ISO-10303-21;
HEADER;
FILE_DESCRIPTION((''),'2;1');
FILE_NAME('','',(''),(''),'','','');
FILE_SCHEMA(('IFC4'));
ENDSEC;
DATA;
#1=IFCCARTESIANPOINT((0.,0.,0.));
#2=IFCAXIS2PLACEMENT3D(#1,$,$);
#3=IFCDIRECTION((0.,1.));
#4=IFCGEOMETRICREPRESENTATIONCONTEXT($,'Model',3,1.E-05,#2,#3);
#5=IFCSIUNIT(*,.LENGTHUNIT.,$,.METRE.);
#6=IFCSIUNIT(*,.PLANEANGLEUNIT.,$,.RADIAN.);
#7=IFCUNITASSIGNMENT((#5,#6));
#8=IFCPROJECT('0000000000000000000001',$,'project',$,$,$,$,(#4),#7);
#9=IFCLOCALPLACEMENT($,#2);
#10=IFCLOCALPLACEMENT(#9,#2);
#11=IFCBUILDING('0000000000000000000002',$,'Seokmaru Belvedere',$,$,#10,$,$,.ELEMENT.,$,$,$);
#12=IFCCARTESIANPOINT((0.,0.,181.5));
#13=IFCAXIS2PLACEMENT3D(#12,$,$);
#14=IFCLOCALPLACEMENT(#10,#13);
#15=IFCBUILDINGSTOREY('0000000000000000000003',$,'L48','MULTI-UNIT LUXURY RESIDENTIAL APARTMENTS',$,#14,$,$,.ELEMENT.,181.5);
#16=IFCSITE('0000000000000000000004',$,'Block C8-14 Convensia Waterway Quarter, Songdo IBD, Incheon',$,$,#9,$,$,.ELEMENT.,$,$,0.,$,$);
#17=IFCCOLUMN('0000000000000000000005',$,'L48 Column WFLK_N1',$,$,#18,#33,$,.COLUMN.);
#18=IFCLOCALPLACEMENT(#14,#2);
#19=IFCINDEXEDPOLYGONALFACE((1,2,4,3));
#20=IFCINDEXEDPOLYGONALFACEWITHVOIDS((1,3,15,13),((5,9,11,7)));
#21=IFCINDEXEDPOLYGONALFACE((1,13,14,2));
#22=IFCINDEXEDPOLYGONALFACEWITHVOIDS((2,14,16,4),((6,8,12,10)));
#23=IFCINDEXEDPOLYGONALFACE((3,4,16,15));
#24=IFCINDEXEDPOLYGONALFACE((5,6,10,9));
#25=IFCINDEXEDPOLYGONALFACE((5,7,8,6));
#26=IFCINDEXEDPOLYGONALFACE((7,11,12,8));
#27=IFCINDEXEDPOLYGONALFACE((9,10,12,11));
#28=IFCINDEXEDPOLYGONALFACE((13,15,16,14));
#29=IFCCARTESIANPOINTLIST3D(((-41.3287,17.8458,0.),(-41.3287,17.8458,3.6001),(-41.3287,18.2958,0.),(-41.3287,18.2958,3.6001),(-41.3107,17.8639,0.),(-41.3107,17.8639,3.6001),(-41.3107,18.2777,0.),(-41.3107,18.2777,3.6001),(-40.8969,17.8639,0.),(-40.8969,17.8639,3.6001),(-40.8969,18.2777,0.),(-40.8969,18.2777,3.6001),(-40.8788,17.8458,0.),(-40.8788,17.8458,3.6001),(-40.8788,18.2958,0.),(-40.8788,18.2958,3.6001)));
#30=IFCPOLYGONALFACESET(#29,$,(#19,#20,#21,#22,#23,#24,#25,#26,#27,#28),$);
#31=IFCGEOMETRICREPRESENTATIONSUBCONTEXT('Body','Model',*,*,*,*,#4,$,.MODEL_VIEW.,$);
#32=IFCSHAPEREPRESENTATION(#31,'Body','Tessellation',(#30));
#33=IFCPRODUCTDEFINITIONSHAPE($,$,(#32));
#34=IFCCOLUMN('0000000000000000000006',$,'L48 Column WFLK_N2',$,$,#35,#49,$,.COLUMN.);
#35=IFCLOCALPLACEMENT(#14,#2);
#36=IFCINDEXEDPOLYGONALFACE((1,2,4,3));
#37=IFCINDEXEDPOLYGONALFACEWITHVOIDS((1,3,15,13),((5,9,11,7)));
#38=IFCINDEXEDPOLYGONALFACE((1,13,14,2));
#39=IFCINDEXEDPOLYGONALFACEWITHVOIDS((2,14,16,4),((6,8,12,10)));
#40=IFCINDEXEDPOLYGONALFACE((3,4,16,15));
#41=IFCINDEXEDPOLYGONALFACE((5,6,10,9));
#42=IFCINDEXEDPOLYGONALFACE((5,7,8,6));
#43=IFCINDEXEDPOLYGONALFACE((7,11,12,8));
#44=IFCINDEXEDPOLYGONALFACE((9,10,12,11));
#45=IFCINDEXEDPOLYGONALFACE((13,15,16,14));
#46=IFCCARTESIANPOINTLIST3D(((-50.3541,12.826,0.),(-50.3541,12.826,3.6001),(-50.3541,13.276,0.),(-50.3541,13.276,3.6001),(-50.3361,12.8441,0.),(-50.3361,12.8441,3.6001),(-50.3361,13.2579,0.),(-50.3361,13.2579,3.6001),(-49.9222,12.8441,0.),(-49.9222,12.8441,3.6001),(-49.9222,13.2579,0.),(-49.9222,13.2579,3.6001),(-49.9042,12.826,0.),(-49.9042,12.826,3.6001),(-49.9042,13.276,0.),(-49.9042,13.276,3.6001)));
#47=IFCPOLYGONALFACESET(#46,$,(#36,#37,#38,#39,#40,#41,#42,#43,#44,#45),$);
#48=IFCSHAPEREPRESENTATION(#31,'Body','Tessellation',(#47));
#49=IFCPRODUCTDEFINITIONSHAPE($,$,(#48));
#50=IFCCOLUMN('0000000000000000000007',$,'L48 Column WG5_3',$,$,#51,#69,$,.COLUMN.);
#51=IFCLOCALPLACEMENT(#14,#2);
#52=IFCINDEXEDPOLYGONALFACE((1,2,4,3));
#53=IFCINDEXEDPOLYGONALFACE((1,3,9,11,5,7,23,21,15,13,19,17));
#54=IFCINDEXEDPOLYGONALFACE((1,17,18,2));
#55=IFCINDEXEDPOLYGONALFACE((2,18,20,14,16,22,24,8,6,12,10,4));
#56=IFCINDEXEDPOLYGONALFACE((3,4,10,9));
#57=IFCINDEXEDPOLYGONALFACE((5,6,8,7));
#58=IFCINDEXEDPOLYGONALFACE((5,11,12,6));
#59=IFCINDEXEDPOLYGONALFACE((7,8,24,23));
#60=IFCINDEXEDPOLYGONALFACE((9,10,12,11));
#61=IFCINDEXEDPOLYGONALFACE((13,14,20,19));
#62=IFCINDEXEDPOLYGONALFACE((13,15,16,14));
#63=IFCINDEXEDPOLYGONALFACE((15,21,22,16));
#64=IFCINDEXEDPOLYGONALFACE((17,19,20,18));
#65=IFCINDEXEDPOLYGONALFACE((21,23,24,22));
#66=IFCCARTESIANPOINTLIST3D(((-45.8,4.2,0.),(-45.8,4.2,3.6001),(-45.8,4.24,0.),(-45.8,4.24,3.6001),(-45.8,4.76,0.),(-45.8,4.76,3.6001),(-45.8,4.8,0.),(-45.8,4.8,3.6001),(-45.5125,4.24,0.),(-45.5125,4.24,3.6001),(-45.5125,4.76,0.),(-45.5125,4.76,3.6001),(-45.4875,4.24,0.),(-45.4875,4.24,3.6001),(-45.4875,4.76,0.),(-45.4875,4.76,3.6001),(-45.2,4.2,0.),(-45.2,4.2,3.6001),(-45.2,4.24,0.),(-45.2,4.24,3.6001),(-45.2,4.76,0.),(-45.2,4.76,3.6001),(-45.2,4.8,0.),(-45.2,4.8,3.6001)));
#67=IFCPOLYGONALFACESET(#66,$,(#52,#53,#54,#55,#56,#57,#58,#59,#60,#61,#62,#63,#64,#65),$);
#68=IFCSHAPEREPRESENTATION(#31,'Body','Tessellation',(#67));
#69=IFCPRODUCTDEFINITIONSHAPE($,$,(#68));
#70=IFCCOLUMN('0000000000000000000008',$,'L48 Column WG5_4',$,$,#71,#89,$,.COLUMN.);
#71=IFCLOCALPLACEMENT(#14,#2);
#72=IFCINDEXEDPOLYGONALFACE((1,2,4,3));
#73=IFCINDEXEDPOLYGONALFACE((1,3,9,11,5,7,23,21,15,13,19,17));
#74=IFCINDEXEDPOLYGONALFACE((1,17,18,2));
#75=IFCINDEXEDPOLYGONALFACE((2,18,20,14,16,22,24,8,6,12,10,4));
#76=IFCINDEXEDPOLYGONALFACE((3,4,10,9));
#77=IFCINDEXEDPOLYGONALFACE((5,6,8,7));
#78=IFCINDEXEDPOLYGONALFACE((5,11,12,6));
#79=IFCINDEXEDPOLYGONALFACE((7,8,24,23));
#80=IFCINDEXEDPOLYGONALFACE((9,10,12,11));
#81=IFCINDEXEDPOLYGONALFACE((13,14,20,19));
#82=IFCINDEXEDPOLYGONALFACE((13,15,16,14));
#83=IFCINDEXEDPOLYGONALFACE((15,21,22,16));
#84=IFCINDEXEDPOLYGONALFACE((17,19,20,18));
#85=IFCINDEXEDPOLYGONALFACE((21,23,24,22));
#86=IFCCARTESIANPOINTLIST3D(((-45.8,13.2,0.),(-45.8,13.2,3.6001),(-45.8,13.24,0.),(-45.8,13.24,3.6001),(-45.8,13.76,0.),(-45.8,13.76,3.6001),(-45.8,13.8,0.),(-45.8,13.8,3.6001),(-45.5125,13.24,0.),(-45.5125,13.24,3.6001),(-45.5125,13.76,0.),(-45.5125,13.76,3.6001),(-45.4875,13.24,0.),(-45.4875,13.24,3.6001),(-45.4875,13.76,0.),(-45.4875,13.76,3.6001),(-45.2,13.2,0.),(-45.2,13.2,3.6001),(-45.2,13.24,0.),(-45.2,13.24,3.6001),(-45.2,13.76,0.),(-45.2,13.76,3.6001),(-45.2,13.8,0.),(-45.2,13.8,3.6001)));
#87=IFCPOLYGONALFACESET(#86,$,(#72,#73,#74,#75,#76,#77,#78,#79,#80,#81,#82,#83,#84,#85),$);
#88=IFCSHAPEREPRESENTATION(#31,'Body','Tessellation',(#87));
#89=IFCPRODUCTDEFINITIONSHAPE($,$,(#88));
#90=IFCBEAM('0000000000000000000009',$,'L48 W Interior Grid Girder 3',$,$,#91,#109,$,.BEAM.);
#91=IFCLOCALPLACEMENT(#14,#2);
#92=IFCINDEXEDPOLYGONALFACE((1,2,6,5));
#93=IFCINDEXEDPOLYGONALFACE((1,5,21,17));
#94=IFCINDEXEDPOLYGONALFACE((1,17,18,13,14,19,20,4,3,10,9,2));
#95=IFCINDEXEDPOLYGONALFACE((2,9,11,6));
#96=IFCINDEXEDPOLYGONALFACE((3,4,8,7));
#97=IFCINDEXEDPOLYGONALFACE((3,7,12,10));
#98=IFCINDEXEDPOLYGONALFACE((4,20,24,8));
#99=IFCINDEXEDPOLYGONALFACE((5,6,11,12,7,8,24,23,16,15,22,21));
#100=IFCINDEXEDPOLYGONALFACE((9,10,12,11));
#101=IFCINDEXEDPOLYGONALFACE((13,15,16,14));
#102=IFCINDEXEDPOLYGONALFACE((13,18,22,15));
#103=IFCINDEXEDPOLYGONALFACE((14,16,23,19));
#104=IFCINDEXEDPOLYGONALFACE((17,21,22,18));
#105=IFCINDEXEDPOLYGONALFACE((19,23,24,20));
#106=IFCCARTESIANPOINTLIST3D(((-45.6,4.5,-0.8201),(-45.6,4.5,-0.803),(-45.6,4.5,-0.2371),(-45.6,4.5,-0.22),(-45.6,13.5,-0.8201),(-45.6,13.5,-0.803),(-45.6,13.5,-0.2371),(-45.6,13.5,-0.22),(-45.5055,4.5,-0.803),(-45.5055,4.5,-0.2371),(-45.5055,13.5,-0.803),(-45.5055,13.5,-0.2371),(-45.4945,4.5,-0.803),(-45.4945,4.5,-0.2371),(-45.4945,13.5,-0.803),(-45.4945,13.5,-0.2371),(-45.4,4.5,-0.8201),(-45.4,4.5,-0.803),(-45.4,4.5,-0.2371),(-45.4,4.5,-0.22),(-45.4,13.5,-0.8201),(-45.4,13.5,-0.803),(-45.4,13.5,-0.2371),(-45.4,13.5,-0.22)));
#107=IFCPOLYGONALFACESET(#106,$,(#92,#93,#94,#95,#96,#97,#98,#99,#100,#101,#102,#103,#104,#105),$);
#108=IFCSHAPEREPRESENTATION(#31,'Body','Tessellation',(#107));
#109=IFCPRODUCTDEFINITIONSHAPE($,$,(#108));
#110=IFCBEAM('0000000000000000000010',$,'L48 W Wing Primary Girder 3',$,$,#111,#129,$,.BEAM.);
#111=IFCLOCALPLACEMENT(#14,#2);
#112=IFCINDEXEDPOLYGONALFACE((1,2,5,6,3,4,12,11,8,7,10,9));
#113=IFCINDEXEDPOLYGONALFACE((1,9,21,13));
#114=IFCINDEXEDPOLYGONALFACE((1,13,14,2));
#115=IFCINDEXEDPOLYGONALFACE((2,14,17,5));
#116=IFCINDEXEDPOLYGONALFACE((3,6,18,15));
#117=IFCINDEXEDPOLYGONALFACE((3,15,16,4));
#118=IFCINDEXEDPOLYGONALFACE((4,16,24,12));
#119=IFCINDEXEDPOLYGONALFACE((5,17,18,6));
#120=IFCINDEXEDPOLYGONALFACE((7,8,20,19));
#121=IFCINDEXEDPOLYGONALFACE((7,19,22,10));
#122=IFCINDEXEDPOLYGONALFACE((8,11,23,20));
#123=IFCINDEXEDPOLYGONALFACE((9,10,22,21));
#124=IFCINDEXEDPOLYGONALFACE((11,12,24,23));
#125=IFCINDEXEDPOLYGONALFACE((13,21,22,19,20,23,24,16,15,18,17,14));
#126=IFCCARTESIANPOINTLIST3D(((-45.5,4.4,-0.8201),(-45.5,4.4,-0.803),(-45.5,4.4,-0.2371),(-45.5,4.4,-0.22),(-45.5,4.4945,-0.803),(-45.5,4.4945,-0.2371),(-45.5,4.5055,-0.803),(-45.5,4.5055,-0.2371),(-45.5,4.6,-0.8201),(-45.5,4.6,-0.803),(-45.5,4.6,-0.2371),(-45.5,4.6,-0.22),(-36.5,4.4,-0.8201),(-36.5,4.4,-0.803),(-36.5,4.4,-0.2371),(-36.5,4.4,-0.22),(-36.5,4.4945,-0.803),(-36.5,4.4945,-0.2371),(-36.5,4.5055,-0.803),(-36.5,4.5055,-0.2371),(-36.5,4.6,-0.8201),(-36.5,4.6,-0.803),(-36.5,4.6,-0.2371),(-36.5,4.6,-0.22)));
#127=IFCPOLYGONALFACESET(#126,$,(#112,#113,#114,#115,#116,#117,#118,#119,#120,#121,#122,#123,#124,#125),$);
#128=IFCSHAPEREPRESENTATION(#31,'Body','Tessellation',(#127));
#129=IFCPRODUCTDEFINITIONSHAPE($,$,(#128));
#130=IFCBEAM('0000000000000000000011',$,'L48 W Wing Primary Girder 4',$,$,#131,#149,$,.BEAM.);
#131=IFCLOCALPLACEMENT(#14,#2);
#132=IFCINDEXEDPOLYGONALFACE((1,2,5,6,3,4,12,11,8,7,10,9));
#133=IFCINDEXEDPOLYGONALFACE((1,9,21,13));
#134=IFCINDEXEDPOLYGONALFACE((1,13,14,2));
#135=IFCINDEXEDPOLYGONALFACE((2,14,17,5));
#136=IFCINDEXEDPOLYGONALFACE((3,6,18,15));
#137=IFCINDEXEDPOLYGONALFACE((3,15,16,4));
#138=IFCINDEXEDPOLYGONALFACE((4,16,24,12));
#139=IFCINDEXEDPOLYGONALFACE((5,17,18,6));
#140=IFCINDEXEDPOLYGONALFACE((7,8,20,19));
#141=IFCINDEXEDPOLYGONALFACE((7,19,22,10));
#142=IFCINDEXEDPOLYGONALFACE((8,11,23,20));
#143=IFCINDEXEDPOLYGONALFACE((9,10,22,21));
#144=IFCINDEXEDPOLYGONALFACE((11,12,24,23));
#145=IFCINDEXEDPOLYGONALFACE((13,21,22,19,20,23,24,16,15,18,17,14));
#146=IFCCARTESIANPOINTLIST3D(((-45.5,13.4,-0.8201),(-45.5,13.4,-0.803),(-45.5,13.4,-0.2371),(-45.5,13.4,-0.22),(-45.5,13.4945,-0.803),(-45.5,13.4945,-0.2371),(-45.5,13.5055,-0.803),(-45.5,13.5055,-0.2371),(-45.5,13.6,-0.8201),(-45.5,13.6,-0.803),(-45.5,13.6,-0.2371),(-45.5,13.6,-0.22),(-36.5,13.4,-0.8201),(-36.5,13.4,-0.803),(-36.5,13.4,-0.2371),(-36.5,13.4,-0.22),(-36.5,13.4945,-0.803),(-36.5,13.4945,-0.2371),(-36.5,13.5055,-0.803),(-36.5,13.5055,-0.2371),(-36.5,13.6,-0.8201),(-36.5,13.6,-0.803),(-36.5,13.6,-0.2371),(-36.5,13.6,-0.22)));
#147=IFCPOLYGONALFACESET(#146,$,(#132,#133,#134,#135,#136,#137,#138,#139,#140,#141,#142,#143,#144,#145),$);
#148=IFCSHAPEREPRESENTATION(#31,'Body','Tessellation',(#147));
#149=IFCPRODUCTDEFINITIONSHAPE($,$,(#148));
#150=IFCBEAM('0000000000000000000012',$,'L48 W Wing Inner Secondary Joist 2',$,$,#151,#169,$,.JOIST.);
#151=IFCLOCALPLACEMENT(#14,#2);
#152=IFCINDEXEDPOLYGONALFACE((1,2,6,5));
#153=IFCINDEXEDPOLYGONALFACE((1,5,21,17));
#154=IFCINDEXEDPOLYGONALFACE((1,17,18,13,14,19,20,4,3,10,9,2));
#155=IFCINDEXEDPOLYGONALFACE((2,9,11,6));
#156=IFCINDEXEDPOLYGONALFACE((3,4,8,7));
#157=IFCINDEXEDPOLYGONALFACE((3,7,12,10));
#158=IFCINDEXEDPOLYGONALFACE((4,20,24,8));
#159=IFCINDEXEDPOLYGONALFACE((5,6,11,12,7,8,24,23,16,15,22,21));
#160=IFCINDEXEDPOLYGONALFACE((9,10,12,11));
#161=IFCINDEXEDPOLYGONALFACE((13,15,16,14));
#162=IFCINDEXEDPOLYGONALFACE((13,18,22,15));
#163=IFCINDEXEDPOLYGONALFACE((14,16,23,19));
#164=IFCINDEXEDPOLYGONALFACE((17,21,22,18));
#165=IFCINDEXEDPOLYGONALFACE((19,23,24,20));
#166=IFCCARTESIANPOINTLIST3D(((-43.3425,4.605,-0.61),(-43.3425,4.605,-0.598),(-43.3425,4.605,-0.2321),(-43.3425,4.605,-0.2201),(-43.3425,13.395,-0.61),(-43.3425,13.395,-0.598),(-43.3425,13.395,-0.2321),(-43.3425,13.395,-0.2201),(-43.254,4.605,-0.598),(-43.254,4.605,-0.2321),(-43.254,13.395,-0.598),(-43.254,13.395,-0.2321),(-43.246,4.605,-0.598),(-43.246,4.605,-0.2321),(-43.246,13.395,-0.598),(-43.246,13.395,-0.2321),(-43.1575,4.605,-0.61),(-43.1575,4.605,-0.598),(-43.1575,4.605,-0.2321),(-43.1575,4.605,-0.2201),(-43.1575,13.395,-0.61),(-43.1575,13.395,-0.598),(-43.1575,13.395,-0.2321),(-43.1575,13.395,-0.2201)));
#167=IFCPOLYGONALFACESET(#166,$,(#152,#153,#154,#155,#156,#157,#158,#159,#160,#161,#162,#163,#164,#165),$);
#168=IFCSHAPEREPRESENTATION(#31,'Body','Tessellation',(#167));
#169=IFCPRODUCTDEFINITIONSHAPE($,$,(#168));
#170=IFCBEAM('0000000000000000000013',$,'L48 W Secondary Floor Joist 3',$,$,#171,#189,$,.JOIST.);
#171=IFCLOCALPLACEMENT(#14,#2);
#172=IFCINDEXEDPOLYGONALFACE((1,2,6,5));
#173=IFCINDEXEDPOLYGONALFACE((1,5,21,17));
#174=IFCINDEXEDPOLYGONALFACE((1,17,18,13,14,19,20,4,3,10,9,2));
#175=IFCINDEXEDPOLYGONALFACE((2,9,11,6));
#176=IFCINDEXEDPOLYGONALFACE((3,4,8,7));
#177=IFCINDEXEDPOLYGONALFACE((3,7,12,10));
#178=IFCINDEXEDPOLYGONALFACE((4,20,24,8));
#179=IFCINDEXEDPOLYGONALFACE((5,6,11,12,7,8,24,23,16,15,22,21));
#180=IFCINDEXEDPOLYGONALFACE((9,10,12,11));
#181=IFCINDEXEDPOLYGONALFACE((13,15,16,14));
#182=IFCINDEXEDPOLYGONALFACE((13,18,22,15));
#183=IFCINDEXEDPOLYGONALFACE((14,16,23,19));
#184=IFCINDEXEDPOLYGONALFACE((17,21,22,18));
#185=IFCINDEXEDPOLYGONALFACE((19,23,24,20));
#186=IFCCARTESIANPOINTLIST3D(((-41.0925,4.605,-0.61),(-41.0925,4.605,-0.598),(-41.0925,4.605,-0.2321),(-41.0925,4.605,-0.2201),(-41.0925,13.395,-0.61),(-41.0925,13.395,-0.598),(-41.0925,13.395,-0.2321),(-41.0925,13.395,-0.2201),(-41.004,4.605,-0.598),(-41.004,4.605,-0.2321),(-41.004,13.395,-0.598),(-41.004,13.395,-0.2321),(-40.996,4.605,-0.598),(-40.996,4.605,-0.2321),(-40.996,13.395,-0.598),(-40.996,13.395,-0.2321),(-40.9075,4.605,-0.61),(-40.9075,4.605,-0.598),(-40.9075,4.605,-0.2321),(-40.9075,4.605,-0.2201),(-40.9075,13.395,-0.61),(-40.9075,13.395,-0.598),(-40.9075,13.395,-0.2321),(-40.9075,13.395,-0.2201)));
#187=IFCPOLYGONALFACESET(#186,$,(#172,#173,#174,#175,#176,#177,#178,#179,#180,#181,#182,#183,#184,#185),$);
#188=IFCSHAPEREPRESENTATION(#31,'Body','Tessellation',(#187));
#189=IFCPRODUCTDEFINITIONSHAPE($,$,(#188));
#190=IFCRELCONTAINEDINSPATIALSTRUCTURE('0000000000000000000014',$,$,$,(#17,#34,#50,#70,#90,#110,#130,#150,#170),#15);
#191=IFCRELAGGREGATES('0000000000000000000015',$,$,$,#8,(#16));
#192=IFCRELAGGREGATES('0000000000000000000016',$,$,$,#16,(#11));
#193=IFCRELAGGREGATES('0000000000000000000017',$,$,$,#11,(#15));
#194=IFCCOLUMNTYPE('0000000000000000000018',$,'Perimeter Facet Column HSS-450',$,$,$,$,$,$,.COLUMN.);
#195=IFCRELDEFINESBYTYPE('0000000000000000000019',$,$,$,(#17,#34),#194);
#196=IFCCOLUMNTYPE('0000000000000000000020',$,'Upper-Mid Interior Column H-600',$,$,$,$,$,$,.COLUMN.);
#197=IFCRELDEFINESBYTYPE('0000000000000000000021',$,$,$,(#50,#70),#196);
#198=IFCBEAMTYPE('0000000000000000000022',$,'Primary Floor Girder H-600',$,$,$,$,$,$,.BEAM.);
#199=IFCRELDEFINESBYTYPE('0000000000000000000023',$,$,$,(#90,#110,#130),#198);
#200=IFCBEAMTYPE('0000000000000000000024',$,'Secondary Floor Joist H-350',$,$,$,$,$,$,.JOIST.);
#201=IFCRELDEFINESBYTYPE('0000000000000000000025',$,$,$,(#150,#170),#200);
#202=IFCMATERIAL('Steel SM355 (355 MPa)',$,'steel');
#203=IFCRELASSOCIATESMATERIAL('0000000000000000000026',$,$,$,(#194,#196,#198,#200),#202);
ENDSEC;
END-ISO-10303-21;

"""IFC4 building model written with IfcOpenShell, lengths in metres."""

from ifc_helpers import new_model, si_unit, direction, frame, origin, origin_2d, place, context, subcontext, project, spatial, hollow_rectangle, i_section, extrude, source, transform, mapped, material, material_profile, profile_set, type_object, type_shapes, element, save


model = new_model("IFC4")

# Units and contexts
model_context = context("Model", 3, precision=1e-05, world=origin(), true_north=direction((0.0, 1.0)))
body_context = subcontext(model_context, "Body", "Model", "MODEL_VIEW")
ifc_project = project(units=[si_unit("LENGTHUNIT", "METRE"), si_unit("PLANEANGLEUNIT", "RADIAN")], contexts=[model_context])

# Site, building, storey
site_placement = place(None, origin())
site = spatial("IfcSite", under=ifc_project, at=site_placement, Name="Block C8-14 Convensia Waterway Quarter, Songdo IBD, Incheon", CompositionType="ELEMENT", RefElevation=0.0)
building_placement = place(site_placement, origin())
building = spatial("IfcBuilding", under=site, at=building_placement, Name="Seokmaru Belvedere", CompositionType="ELEMENT")
storey_placement = place(building_placement, frame((0.0, 0.0, 181.5)))
storey = spatial("IfcBuildingStorey", under=building, at=storey_placement, Name="L48", Description="MULTI-UNIT LUXURY RESIDENTIAL APARTMENTS", CompositionType="ELEMENT", Elevation=181.5)

# Columns
ifc_material_1 = material(Name="Steel SM355 (355 MPa)", Category="steel")
ifc_material_profile_1 = material_profile(ifc_material_1, hollow_rectangle(XDim=0.45, YDim=0.45, WallThickness=0.0181, at=origin_2d()), Name="HSS-450x450x18")
ifc_profile_set_1 = profile_set([ifc_material_profile_1], Name="Steel SM355 (355 MPa)")
column_type_1 = type_object("IfcColumnType", Name="Perimeter Facet Column HSS-450", PredefinedType="COLUMN", material=ifc_profile_set_1)
shared_shape_1 = source(origin(), body_context, "Body", "SweptSolid", [
    extrude(hollow_rectangle(XDim=0.45, YDim=0.45, WallThickness=0.0181, at=origin_2d()), origin(), (0.0, 0.0, 1.0), 3.6001),
])
type_shapes(column_type_1, [shared_shape_1])
for number, where, z_axis, x_axis, name in (
    (1, (-41.1038, 18.0708, 0.0), (0.0, 0.0, 1.0), (1.0, 0.0, 0.0), "L48 Column WFLK_N1"),
    (2, (-50.1292, 13.051, 0.0), (0.0, 0.0, 1.0), (1.0, 0.0, 0.0), "L48 Column WFLK_N2"),
):
    element("IfcColumn", number, at=place(storey_placement, frame(where, z_axis=z_axis, x_axis=x_axis)), inside=storey, type_object=column_type_1, Name=name, PredefinedType="COLUMN", context=body_context, shape_type="MappedRepresentation", body=[
        mapped(shared_shape_1, transform((0.0, 0.0, 0.0), scale=1.0)),
    ])
ifc_material_profile_2 = material_profile(ifc_material_1, i_section(OverallWidth=0.6001, OverallDepth=0.6001, WebThickness=0.0249, FlangeThickness=0.04, at=origin_2d()), Name="H-600x600x25x40")
ifc_profile_set_2 = profile_set([ifc_material_profile_2], Name="Steel SM355 (355 MPa)")
column_type_2 = type_object("IfcColumnType", Name="Upper-Mid Interior Column H-600", PredefinedType="COLUMN", material=ifc_profile_set_2)
shared_shape_2 = source(origin(), body_context, "Body", "SweptSolid", [
    extrude(i_section(OverallWidth=0.6001, OverallDepth=0.6001, WebThickness=0.0249, FlangeThickness=0.04, at=origin_2d()), origin(), (0.0, 0.0, 1.0), 3.6001),
])
type_shapes(column_type_2, [shared_shape_2])
for number, where, z_axis, x_axis, name in (
    (3, (-45.5, 4.5, 0.0), (0.0, 0.0, 1.0), (1.0, 0.0, 0.0), "L48 Column WG5_3"),
    (4, (-45.5, 13.5, 0.0), (0.0, 0.0, 1.0), (1.0, 0.0, 0.0), "L48 Column WG5_4"),
):
    element("IfcColumn", number, at=place(storey_placement, frame(where, z_axis=z_axis, x_axis=x_axis)), inside=storey, type_object=column_type_2, Name=name, PredefinedType="COLUMN", context=body_context, shape_type="MappedRepresentation", body=[
        mapped(shared_shape_2, transform((0.0, 0.0, 0.0), scale=1.0)),
    ])

# Beams
ifc_material_profile_3 = material_profile(ifc_material_1, i_section(OverallWidth=0.2, OverallDepth=0.6001, WebThickness=0.011, FlangeThickness=0.0171, at=origin_2d()), Name="H-600x200x11x17")
ifc_profile_set_3 = profile_set([ifc_material_profile_3], Name="Steel SM355 (355 MPa)")
beam_type_1 = type_object("IfcBeamType", Name="Primary Floor Girder H-600", PredefinedType="BEAM", material=ifc_profile_set_3)
shared_shape_3 = source(origin(), body_context, "Body", "SweptSolid", [
    extrude(i_section(OverallWidth=0.2, OverallDepth=0.6001, WebThickness=0.011, FlangeThickness=0.0171, at=origin_2d()), origin(), (0.0, 0.0, 1.0), 9.0),
])
for number, where, z_axis, x_axis, name in (
    (5, (-45.5, 4.5, -0.52), (0.0, 1.0, 0.0), (-1.0, 0.0, 0.0), "L48 W Interior Grid Girder 3"),
    (6, (-45.5, 4.5, -0.52), (1.0, 0.0, 0.0), (0.0, 1.0, 0.0), "L48 W Wing Primary Girder 3"),
    (7, (-45.5, 13.5, -0.52), (1.0, 0.0, 0.0), (0.0, 1.0, 0.0), "L48 W Wing Primary Girder 4"),
):
    element("IfcBeam", number, at=place(storey_placement, frame(where, z_axis=z_axis, x_axis=x_axis)), inside=storey, type_object=beam_type_1, Name=name, PredefinedType="BEAM", context=body_context, shape_type="MappedRepresentation", body=[
        mapped(shared_shape_3, transform((0.0, 0.0, 0.0), scale=1.0)),
    ])
ifc_material_profile_4 = material_profile(ifc_material_1, i_section(OverallWidth=0.1851, OverallDepth=0.3899, WebThickness=0.0081, FlangeThickness=0.012, at=origin_2d()), Name="H-390x185x8x12")
ifc_profile_set_4 = profile_set([ifc_material_profile_4], Name="Steel SM355 (355 MPa)")
beam_type_2 = type_object("IfcBeamType", Name="Secondary Floor Joist H-350", PredefinedType="JOIST", material=ifc_profile_set_4)
shared_shape_4 = source(origin(), body_context, "Body", "SweptSolid", [
    extrude(i_section(OverallWidth=0.1851, OverallDepth=0.3899, WebThickness=0.0081, FlangeThickness=0.012, at=origin_2d()), origin(), (0.0, 0.0, 1.0), 8.79),
])
type_shapes(beam_type_2, [shared_shape_4])
for number, where, z_axis, x_axis, name in (
    (8, (-43.25, 4.605, -0.415), (0.0, 1.0, 0.0), (-1.0, 0.0, 0.0), "L48 W Wing Inner Secondary Joist 2"),
    (9, (-41.0, 4.605, -0.415), (0.0, 1.0, 0.0), (-1.0, 0.0, 0.0), "L48 W Secondary Floor Joist 3"),
):
    element("IfcBeam", number, at=place(storey_placement, frame(where, z_axis=z_axis, x_axis=x_axis)), inside=storey, type_object=beam_type_2, Name=name, PredefinedType="JOIST", context=body_context, shape_type="MappedRepresentation", body=[
        mapped(shared_shape_4, transform((0.0, 0.0, 0.0), scale=1.0)),
    ])

save(model, "model.ifc")
